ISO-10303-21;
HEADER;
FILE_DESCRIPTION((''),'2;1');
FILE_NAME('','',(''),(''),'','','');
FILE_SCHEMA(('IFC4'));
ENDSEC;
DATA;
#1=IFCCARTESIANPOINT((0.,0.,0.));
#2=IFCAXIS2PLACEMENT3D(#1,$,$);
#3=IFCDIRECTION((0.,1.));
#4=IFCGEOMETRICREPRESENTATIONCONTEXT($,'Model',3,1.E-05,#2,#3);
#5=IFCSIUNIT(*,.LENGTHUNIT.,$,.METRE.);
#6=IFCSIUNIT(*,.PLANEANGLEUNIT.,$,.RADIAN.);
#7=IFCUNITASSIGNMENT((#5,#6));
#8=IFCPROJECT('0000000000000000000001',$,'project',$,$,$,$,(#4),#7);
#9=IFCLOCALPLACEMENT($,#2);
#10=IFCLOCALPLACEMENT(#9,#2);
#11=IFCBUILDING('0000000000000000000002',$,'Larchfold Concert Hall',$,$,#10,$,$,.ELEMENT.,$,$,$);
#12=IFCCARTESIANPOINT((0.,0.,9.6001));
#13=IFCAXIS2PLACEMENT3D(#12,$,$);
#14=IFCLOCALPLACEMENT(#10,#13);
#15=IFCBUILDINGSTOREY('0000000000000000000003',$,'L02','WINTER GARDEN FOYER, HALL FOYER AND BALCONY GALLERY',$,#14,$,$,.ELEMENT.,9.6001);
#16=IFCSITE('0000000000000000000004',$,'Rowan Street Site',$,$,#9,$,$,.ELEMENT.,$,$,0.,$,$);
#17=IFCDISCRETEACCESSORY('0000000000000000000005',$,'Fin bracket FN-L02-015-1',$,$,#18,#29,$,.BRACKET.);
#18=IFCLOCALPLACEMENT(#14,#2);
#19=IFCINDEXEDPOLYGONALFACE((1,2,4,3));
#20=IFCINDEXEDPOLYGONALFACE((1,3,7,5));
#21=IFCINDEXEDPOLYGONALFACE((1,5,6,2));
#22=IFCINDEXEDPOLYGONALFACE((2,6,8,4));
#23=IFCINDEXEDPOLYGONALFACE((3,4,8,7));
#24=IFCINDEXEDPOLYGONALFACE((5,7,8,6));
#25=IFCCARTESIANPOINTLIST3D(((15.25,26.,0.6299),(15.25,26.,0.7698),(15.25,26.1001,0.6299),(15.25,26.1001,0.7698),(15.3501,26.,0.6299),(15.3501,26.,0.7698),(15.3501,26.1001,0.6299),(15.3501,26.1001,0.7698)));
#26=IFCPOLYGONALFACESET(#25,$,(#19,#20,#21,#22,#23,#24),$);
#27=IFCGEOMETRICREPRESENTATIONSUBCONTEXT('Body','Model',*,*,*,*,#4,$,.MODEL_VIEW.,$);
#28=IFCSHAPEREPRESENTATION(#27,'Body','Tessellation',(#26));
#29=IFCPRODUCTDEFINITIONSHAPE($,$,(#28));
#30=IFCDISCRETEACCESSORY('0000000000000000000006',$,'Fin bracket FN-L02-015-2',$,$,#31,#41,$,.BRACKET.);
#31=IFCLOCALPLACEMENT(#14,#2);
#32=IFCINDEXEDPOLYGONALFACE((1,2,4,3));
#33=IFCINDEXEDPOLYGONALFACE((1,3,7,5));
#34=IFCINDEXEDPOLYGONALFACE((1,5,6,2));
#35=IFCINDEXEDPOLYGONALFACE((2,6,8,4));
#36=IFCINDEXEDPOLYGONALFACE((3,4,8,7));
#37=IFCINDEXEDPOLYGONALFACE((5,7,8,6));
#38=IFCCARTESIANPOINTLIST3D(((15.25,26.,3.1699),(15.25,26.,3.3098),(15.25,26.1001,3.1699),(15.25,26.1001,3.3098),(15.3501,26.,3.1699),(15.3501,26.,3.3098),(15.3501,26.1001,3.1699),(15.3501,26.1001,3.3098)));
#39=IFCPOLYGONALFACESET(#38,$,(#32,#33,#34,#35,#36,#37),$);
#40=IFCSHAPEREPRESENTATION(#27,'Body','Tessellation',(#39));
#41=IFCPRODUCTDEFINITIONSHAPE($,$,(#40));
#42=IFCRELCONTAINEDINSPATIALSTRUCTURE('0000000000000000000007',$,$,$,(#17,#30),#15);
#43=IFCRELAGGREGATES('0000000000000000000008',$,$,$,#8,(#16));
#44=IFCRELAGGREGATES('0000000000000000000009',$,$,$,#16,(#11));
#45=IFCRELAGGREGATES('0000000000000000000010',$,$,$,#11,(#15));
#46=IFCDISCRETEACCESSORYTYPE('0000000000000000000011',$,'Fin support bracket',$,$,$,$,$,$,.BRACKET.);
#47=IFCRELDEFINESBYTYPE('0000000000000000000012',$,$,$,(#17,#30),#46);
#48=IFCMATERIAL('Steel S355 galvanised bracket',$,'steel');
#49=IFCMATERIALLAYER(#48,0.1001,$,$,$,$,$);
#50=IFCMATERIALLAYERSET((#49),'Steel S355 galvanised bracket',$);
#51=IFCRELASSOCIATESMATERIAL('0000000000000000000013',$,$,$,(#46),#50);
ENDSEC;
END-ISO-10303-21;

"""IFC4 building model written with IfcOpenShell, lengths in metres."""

from ifc_helpers import new_model, si_unit, direction, frame, origin, origin_2d, place, context, subcontext, project, spatial, rectangle, extrude, material, layer, layer_set, type_object, element, save


model = new_model("IFC4")

# Units and contexts
model_context = context("Model", 3, precision=1e-05, world=origin(), true_north=direction((0.0, 1.0)))
body_context = subcontext(model_context, "Body", "Model", "MODEL_VIEW")
ifc_project = project(units=[si_unit("LENGTHUNIT", "METRE"), si_unit("PLANEANGLEUNIT", "RADIAN")], contexts=[model_context])

# Site, building, storey
site_placement = place(None, origin())
site = spatial("IfcSite", under=ifc_project, at=site_placement, Name="Rowan Street Site", CompositionType="ELEMENT", RefElevation=0.0)
building_placement = place(site_placement, origin())
building = spatial("IfcBuilding", under=site, at=building_placement, Name="Larchfold Concert Hall", CompositionType="ELEMENT")
storey_placement = place(building_placement, frame((0.0, 0.0, 9.6001)))
storey = spatial("IfcBuildingStorey", under=building, at=storey_placement, Name="L02", Description="WINTER GARDEN FOYER, HALL FOYER AND BALCONY GALLERY", CompositionType="ELEMENT", Elevation=9.6001)

# Discrete accessories
ifc_material_1 = material(Name="Steel S355 galvanised bracket", Category="steel")
ifc_layer_1 = layer(ifc_material_1, 0.1001)
ifc_layer_set_1 = layer_set([ifc_layer_1], Name="Steel S355 galvanised bracket")
discrete_accessory_type = type_object("IfcDiscreteAccessoryType", Name="Fin support bracket", PredefinedType="BRACKET", material=ifc_layer_set_1)
for number, where, z_axis, x_axis, name in (
    (1, (15.3, 26.05, 0.6299), (0.0, 0.0, 1.0), (0.0, 1.0, 0.0), "Fin bracket FN-L02-015-1"),
    (2, (15.3, 26.05, 3.1699), (0.0, 0.0, 1.0), (0.0, 1.0, 0.0), "Fin bracket FN-L02-015-2"),
):
    element("IfcDiscreteAccessory", number, at=place(storey_placement, frame(where, z_axis=z_axis, x_axis=x_axis)), inside=storey, type_object=discrete_accessory_type, Name=name, PredefinedType="BRACKET", context=body_context, shape_type="SweptSolid", body=[
        extrude(rectangle(XDim=0.1001, YDim=0.1001, at=origin_2d()), origin(), (0.0, 0.0, 1.0), 0.1399),
    ])

save(model, "model.ifc")
